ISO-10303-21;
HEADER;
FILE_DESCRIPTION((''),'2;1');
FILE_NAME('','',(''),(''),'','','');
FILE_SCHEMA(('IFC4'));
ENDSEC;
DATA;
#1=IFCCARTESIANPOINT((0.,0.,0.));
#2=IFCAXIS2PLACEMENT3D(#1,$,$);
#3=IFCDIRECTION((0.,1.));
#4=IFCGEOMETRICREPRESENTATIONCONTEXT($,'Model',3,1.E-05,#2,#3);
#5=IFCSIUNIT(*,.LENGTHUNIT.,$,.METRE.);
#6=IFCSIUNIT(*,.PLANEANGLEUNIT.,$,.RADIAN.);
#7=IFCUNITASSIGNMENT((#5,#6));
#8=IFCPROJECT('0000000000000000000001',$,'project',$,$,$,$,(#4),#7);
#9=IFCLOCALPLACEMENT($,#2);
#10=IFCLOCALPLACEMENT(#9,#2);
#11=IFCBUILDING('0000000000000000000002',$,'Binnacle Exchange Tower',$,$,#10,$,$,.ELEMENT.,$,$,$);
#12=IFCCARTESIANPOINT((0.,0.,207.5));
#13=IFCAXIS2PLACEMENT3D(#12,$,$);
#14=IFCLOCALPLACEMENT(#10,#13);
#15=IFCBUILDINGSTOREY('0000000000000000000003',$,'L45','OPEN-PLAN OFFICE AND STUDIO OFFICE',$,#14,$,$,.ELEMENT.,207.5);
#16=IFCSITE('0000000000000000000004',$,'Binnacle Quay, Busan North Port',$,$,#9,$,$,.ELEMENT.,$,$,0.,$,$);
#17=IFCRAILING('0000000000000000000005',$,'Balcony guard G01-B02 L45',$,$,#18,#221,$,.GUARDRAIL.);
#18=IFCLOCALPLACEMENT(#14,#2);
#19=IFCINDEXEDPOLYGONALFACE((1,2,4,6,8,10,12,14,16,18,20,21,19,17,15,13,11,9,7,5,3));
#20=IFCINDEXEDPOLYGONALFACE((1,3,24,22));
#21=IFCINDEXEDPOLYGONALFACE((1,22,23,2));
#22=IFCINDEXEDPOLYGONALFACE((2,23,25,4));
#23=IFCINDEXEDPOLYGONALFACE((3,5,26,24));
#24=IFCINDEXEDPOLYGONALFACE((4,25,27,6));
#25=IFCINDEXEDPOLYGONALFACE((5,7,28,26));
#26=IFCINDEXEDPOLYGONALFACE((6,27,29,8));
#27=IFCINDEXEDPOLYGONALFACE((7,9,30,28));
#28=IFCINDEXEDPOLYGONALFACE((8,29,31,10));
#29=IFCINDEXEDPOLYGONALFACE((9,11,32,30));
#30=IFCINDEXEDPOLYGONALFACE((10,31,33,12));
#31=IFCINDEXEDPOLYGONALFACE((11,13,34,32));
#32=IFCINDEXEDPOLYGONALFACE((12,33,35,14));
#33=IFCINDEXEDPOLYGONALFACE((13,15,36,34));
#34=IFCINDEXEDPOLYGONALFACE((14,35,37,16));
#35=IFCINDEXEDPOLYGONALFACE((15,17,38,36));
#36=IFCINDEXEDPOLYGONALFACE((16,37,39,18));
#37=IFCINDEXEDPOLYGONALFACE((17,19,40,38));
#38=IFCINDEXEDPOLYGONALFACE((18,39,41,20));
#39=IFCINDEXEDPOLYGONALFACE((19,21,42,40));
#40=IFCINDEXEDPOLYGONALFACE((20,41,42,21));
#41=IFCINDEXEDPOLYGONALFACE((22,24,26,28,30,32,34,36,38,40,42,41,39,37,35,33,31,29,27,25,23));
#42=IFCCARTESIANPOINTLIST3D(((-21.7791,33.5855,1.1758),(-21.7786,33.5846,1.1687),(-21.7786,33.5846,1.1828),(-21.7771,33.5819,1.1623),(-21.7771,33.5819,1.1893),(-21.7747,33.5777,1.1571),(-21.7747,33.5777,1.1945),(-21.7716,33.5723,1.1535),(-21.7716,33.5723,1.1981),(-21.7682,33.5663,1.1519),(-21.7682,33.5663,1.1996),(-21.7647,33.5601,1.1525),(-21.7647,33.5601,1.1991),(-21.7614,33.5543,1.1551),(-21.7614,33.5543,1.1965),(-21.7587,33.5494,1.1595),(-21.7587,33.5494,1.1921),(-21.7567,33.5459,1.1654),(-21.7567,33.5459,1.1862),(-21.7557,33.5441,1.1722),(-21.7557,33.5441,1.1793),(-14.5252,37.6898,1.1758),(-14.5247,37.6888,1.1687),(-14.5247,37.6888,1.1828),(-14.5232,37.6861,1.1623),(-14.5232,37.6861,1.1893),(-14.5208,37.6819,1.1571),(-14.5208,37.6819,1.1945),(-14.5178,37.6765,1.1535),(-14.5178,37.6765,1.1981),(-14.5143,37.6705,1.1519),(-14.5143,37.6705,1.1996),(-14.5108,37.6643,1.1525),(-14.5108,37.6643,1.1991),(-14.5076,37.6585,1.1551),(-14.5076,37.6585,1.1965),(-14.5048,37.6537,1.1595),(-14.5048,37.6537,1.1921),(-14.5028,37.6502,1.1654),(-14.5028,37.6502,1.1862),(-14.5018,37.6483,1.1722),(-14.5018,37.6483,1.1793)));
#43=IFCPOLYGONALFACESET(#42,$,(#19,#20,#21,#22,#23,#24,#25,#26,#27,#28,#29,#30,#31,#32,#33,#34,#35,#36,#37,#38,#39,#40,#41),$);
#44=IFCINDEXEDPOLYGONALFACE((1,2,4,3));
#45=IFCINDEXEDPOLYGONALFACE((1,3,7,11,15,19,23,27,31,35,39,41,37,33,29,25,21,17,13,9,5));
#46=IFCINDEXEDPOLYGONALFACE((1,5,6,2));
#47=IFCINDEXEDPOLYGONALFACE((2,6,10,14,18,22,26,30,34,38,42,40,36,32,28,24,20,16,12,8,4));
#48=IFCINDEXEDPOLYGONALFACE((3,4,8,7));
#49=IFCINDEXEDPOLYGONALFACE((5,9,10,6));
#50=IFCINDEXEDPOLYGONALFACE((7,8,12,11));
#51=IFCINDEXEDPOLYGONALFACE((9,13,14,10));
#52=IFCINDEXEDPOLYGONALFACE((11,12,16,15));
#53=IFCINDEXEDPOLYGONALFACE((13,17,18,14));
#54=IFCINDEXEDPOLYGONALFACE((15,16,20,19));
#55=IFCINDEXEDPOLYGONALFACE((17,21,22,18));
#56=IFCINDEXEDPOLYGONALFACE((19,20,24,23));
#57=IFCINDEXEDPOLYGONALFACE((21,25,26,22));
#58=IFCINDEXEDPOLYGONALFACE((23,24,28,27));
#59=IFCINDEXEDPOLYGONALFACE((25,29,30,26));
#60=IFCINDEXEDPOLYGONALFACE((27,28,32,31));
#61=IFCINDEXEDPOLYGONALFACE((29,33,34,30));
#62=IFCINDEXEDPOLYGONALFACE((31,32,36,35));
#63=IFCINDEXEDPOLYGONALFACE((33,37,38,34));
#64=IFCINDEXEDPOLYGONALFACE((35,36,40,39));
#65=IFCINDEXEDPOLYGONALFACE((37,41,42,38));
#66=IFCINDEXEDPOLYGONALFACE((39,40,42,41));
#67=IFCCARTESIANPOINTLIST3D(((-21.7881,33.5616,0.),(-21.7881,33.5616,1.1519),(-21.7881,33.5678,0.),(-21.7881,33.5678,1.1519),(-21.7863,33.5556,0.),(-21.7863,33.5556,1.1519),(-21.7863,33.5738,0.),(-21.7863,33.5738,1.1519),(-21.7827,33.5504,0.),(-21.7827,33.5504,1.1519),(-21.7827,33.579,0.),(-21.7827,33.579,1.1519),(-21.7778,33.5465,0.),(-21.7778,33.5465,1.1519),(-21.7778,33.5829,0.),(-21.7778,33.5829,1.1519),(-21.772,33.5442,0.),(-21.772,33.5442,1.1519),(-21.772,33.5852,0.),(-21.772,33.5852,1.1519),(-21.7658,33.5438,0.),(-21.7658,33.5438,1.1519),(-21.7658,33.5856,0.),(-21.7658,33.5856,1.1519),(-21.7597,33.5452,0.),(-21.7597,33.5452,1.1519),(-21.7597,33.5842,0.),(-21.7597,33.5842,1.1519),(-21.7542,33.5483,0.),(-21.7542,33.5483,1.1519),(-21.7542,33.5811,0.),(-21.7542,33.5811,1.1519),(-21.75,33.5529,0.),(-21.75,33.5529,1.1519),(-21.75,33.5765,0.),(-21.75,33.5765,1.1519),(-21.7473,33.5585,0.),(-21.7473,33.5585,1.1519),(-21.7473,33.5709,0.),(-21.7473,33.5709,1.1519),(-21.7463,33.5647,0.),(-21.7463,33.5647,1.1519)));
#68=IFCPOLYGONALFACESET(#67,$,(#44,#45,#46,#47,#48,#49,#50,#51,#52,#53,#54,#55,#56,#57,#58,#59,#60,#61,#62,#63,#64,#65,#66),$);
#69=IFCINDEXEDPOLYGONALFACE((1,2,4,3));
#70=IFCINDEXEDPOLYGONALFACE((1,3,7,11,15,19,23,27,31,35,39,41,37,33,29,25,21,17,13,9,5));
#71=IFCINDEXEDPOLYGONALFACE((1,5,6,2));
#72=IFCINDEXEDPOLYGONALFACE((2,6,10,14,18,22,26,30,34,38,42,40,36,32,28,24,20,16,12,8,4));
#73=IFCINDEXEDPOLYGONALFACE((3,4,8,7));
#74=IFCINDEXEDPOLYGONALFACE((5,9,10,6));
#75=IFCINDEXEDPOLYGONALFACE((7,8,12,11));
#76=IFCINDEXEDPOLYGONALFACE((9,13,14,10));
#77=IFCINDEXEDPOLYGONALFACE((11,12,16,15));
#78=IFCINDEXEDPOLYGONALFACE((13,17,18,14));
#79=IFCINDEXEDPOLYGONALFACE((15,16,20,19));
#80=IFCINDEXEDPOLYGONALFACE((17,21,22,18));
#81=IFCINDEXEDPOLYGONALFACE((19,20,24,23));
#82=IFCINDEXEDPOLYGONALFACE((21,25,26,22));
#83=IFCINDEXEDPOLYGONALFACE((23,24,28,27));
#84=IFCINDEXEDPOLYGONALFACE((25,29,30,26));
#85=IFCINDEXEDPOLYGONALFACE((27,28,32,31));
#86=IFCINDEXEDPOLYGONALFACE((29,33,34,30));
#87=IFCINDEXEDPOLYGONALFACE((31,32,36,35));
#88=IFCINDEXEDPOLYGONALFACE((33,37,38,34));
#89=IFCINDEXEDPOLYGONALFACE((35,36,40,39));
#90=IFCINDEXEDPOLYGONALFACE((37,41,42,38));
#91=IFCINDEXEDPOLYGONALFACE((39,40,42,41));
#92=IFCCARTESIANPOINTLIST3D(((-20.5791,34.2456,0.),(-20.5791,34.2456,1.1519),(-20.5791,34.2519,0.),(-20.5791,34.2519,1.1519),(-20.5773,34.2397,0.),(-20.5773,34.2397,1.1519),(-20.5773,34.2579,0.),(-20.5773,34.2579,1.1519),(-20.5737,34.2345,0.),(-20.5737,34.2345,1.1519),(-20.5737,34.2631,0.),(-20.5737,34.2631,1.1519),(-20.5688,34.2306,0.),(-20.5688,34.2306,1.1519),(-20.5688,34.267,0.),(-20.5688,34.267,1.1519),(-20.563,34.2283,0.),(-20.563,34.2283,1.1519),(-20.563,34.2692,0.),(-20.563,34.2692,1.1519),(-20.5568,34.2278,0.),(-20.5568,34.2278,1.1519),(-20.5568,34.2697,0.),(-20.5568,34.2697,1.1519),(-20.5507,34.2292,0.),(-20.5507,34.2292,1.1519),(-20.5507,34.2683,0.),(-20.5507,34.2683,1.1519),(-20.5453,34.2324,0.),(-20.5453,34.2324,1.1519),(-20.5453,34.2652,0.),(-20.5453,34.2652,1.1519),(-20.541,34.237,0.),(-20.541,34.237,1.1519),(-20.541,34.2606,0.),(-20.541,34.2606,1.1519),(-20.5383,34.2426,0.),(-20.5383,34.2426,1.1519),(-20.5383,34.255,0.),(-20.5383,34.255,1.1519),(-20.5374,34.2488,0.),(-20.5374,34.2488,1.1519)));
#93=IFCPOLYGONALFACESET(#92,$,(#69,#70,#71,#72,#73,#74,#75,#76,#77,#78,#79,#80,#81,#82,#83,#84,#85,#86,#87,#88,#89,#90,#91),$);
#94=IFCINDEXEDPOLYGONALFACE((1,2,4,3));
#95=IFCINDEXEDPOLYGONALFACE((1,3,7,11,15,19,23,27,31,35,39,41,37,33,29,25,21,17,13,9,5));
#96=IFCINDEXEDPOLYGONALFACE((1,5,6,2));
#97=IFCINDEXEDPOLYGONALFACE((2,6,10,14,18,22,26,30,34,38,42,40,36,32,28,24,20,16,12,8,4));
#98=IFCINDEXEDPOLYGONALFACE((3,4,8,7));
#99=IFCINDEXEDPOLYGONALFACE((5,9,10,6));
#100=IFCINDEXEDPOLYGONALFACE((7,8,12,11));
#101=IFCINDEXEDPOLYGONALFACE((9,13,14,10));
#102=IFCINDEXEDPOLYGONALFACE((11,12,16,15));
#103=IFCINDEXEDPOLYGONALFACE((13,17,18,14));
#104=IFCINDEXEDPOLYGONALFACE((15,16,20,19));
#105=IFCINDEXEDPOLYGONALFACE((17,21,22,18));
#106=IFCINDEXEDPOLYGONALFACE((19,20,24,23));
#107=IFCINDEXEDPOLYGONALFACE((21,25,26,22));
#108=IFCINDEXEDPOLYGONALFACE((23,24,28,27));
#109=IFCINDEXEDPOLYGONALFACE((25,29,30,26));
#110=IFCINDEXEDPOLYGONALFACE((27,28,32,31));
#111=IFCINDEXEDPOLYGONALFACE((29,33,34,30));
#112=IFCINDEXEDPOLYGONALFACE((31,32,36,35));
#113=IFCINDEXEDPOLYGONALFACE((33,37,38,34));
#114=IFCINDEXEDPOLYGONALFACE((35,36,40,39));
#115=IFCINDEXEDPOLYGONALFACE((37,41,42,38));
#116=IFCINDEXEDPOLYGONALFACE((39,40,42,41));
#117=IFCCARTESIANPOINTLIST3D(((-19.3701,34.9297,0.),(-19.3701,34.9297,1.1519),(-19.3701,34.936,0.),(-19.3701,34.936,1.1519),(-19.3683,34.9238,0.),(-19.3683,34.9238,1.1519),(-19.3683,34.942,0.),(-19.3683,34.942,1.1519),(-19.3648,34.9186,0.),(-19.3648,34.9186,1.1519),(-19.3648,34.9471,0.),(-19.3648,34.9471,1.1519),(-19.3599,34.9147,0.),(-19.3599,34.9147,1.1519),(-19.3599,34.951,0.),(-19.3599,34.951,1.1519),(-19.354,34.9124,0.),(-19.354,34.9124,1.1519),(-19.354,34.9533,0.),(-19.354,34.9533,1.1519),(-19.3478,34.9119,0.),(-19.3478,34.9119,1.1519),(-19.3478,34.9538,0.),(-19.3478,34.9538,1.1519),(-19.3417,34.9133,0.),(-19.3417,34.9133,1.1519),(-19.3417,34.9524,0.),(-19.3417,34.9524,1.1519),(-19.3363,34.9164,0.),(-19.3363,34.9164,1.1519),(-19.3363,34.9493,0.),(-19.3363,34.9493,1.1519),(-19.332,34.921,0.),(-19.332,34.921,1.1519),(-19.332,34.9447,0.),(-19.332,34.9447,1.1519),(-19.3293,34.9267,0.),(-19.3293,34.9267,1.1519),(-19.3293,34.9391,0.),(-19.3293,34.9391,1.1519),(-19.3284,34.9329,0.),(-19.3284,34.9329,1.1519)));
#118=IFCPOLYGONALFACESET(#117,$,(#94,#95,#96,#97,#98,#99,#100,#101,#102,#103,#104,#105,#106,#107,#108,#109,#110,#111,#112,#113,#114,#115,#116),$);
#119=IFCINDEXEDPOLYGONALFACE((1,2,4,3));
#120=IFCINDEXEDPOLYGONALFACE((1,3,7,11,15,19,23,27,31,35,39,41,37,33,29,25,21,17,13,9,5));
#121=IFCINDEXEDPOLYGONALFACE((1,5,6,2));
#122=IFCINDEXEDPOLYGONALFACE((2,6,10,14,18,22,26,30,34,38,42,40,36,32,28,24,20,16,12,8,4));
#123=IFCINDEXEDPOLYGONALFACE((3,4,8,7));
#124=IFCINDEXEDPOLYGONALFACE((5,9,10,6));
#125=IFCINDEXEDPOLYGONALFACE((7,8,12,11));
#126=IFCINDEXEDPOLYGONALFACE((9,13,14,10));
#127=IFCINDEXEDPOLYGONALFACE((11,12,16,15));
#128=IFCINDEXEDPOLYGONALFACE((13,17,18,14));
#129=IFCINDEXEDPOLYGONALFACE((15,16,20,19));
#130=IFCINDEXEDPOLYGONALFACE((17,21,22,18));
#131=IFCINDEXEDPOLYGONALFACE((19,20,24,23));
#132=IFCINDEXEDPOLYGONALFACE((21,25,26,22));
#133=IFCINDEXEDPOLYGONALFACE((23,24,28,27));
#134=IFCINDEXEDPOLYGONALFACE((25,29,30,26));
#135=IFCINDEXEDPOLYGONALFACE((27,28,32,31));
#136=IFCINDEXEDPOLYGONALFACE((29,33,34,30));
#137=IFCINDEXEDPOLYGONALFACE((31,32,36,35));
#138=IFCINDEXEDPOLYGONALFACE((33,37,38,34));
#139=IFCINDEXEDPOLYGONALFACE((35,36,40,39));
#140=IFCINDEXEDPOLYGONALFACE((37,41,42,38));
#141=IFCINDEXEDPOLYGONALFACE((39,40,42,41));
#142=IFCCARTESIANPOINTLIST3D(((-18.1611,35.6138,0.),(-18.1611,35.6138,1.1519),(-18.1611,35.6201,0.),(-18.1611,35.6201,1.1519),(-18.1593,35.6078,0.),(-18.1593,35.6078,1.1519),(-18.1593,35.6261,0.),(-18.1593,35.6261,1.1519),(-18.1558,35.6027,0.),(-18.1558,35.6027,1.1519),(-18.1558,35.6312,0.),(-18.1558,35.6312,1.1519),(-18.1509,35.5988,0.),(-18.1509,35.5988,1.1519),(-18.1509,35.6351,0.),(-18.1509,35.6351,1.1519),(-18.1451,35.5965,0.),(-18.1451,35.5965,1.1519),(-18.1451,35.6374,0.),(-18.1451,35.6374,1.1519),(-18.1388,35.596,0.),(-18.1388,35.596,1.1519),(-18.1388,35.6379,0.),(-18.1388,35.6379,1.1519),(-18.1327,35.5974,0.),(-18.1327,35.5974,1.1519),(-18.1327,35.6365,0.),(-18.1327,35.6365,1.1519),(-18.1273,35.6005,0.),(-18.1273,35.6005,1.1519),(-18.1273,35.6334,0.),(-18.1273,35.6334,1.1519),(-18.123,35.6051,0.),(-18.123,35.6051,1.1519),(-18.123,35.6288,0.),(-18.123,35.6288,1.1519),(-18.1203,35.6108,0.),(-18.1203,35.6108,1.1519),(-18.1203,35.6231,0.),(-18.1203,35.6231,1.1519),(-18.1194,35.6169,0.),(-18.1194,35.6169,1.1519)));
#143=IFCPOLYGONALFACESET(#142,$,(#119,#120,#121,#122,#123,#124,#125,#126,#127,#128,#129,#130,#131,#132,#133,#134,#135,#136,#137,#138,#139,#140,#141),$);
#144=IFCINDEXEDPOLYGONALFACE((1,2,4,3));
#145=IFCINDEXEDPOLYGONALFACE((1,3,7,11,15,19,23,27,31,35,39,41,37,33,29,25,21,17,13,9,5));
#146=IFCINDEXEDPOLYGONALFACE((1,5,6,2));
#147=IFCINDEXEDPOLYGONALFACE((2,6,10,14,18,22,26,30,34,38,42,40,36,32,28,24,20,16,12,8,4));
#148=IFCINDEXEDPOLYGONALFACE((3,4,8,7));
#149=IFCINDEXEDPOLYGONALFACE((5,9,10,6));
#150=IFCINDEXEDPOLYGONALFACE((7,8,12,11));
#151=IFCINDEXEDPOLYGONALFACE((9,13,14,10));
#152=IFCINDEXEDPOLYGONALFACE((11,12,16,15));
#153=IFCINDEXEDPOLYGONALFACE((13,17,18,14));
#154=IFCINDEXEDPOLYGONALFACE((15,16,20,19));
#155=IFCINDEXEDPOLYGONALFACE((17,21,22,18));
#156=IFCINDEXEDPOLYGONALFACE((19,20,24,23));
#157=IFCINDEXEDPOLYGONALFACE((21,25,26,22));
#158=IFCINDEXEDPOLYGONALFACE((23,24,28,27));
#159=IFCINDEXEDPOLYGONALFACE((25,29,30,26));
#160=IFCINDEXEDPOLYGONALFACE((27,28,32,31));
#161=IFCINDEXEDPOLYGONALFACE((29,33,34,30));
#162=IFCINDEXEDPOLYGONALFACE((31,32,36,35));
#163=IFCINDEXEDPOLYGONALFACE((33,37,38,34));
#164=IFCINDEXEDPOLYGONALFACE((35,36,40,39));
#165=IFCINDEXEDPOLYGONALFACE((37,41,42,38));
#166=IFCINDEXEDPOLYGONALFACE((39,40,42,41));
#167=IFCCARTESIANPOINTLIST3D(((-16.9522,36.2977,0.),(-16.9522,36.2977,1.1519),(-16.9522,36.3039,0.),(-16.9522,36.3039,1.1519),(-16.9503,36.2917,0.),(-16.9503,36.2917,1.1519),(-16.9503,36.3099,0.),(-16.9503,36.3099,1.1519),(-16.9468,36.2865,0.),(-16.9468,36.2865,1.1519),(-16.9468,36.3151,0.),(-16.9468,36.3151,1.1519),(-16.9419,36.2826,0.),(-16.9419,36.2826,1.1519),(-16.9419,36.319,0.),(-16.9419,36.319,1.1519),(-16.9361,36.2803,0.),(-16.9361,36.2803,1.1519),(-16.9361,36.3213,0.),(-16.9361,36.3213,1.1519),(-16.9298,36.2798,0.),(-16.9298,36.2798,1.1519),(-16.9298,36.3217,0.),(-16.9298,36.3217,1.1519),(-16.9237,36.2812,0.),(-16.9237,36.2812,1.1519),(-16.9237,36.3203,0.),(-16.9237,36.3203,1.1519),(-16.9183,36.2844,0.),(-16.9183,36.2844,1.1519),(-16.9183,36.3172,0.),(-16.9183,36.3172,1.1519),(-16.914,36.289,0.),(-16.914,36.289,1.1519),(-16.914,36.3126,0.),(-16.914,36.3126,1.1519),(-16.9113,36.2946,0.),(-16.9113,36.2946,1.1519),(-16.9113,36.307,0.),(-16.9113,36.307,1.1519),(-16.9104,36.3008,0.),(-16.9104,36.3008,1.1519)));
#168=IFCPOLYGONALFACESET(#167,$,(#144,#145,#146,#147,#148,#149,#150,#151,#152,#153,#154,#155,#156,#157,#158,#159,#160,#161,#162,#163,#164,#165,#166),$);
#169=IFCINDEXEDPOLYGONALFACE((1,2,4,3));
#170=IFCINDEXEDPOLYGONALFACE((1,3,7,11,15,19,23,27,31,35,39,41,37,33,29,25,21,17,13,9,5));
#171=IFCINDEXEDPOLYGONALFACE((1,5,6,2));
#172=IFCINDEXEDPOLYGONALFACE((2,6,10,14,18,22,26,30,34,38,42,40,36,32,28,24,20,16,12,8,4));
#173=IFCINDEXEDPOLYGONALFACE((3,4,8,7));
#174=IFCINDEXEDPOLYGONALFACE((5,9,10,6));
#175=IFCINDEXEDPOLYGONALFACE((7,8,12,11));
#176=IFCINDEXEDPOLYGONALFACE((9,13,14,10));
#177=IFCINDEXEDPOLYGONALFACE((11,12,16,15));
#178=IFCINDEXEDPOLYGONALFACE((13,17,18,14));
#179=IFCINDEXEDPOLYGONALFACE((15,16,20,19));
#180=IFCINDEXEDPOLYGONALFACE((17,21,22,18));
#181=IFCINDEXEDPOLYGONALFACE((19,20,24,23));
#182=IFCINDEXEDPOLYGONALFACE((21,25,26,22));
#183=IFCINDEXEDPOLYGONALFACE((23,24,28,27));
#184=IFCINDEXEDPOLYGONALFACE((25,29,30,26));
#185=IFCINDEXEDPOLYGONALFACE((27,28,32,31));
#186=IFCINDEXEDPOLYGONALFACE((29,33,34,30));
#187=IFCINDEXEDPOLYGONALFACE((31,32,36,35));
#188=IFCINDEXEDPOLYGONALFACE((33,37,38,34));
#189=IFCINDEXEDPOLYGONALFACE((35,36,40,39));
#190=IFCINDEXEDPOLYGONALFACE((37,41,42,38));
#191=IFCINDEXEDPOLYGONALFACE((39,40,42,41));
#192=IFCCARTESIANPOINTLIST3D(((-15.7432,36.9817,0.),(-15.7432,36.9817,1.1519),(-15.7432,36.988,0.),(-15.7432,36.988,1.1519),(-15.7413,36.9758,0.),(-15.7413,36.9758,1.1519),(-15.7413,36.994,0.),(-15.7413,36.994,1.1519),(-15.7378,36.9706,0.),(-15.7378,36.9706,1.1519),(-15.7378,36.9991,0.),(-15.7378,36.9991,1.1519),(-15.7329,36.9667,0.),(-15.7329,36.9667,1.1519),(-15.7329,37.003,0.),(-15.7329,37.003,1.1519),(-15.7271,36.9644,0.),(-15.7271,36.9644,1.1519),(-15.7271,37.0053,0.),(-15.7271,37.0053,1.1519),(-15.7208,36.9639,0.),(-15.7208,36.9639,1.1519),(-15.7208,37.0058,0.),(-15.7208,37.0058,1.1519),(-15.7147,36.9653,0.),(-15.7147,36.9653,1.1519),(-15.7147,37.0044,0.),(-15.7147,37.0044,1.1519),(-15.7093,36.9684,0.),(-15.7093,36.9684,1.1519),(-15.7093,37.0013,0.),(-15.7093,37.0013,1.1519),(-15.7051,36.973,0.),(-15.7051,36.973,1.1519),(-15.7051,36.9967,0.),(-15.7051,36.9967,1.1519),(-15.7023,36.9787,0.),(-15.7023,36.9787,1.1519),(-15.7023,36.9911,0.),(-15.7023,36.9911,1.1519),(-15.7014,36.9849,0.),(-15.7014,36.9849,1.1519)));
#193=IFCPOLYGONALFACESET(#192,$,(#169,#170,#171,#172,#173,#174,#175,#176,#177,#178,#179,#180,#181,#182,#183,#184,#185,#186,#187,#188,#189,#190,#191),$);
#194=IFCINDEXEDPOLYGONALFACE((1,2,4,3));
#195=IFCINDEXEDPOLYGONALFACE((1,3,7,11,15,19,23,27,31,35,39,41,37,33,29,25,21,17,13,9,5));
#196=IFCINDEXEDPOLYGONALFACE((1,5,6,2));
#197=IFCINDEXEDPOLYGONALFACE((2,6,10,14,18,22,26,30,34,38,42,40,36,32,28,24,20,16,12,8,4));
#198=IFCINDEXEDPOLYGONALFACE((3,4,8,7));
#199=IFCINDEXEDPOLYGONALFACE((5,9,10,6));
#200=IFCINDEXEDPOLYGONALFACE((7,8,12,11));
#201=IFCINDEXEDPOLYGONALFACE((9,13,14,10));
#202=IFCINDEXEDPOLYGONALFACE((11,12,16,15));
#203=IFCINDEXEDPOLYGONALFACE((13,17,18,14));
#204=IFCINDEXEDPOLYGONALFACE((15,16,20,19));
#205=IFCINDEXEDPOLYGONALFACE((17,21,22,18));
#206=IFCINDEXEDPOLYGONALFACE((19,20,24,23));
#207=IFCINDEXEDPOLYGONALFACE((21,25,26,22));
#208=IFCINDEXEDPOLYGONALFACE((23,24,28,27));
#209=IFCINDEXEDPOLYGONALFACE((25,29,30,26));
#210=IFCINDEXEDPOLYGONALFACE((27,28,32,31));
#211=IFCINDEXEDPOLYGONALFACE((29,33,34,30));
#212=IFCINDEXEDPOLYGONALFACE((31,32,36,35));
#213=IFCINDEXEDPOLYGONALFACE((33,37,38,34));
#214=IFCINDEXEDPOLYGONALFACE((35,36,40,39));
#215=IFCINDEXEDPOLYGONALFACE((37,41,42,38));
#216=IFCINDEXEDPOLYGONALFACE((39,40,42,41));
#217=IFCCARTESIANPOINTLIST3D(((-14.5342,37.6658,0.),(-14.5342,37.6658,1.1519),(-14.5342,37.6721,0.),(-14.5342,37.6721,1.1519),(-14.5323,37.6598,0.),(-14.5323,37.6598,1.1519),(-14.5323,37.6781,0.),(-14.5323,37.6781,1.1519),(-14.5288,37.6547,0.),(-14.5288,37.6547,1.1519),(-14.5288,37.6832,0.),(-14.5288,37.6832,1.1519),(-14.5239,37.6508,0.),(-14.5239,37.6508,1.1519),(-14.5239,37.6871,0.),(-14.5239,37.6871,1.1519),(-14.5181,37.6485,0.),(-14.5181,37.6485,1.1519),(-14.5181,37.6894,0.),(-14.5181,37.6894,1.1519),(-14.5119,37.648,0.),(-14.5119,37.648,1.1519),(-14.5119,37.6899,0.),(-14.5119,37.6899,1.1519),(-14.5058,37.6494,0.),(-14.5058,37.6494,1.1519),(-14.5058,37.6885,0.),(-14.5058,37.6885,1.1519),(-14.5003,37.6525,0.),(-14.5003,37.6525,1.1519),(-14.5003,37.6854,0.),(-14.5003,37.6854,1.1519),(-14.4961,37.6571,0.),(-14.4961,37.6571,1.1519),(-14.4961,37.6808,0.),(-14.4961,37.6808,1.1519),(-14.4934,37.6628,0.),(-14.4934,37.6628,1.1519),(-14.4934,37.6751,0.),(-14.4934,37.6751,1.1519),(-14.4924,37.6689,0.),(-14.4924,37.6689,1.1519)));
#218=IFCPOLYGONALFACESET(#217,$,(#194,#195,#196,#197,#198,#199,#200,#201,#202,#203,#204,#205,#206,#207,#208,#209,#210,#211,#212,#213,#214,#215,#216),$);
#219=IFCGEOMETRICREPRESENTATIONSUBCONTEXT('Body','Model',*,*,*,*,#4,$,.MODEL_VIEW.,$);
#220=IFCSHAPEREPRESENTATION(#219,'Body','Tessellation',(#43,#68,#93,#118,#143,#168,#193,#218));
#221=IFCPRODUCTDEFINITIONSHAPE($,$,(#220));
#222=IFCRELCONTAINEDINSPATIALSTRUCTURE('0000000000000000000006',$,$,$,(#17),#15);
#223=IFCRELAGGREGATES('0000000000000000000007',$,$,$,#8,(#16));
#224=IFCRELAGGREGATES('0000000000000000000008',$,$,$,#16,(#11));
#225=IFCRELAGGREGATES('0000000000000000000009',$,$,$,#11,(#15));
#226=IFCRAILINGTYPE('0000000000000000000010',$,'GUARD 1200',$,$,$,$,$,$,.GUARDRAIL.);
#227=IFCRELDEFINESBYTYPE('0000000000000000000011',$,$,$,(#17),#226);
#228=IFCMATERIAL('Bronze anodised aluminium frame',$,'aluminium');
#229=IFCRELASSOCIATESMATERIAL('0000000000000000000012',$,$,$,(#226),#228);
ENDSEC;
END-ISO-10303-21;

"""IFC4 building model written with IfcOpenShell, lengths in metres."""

from ifc_helpers import new_model, si_unit, direction, frame, origin, origin_2d, place, context, subcontext, project, spatial, circle, extrude, material, type_object, element, save


model = new_model("IFC4")

# Units and contexts
model_context = context("Model", 3, precision=1e-05, world=origin(), true_north=direction((0.0, 1.0)))
body_context = subcontext(model_context, "Body", "Model", "MODEL_VIEW")
ifc_project = project(units=[si_unit("LENGTHUNIT", "METRE"), si_unit("PLANEANGLEUNIT", "RADIAN")], contexts=[model_context])

# Site, building, storey
site_placement = place(None, origin())
site = spatial("IfcSite", under=ifc_project, at=site_placement, Name="Binnacle Quay, Busan North Port", CompositionType="ELEMENT", RefElevation=0.0)
building_placement = place(site_placement, origin())
building = spatial("IfcBuilding", under=site, at=building_placement, Name="Binnacle Exchange Tower", CompositionType="ELEMENT")
storey_placement = place(building_placement, frame((0.0, 0.0, 207.5)))
storey = spatial("IfcBuildingStorey", under=building, at=storey_placement, Name="L45", Description="OPEN-PLAN OFFICE AND STUDIO OFFICE", CompositionType="ELEMENT", Elevation=207.5)

# Railing
ifc_material_1 = material(Name="Bronze anodised aluminium frame", Category="aluminium")
railing_type = type_object("IfcRailingType", Name="GUARD 1200", PredefinedType="GUARDRAIL", material=ifc_material_1)
railing_placement = place(storey_placement, frame((-21.7673, 33.5647, 0.0)))
element("IfcRailing", 1, at=railing_placement, inside=storey, type_object=railing_type, Name="Balcony guard G01-B02 L45", PredefinedType="GUARDRAIL", context=body_context, shape_type="SweptSolid", body=[
    extrude(circle(Radius=0.0239, at=origin_2d()), frame((0.0, 0.0, 1.1758), z_axis=(0.870346, 0.49244, 0.0), x_axis=(-0.49244, 0.870346, 0.0)), (0.0, 0.0, 1.0), 8.3345),
    extrude(circle(Radius=0.021, at=origin_2d()), origin(), (0.0, 0.0, 1.0), 1.1519),
    extrude(circle(Radius=0.021, at=origin_2d()), frame((1.209, 0.6841, 0.0)), (0.0, 0.0, 1.0), 1.1519),
    extrude(circle(Radius=0.021, at=origin_2d()), frame((2.418, 1.3682, 0.0)), (0.0, 0.0, 1.0), 1.1519),
    extrude(circle(Radius=0.021, at=origin_2d()), frame((3.627, 2.0522, 0.0)), (0.0, 0.0, 1.0), 1.1519),
    extrude(circle(Radius=0.021, at=origin_2d()), frame((4.8359, 2.7361, 0.0)), (0.0, 0.0, 1.0), 1.1519),
    extrude(circle(Radius=0.021, at=origin_2d()), frame((6.0449, 3.4202, 0.0)), (0.0, 0.0, 1.0), 1.1519),
    extrude(circle(Radius=0.021, at=origin_2d()), frame((7.2539, 4.1042, 0.0)), (0.0, 0.0, 1.0), 1.1519),
])

save(model, "model.ifc")
